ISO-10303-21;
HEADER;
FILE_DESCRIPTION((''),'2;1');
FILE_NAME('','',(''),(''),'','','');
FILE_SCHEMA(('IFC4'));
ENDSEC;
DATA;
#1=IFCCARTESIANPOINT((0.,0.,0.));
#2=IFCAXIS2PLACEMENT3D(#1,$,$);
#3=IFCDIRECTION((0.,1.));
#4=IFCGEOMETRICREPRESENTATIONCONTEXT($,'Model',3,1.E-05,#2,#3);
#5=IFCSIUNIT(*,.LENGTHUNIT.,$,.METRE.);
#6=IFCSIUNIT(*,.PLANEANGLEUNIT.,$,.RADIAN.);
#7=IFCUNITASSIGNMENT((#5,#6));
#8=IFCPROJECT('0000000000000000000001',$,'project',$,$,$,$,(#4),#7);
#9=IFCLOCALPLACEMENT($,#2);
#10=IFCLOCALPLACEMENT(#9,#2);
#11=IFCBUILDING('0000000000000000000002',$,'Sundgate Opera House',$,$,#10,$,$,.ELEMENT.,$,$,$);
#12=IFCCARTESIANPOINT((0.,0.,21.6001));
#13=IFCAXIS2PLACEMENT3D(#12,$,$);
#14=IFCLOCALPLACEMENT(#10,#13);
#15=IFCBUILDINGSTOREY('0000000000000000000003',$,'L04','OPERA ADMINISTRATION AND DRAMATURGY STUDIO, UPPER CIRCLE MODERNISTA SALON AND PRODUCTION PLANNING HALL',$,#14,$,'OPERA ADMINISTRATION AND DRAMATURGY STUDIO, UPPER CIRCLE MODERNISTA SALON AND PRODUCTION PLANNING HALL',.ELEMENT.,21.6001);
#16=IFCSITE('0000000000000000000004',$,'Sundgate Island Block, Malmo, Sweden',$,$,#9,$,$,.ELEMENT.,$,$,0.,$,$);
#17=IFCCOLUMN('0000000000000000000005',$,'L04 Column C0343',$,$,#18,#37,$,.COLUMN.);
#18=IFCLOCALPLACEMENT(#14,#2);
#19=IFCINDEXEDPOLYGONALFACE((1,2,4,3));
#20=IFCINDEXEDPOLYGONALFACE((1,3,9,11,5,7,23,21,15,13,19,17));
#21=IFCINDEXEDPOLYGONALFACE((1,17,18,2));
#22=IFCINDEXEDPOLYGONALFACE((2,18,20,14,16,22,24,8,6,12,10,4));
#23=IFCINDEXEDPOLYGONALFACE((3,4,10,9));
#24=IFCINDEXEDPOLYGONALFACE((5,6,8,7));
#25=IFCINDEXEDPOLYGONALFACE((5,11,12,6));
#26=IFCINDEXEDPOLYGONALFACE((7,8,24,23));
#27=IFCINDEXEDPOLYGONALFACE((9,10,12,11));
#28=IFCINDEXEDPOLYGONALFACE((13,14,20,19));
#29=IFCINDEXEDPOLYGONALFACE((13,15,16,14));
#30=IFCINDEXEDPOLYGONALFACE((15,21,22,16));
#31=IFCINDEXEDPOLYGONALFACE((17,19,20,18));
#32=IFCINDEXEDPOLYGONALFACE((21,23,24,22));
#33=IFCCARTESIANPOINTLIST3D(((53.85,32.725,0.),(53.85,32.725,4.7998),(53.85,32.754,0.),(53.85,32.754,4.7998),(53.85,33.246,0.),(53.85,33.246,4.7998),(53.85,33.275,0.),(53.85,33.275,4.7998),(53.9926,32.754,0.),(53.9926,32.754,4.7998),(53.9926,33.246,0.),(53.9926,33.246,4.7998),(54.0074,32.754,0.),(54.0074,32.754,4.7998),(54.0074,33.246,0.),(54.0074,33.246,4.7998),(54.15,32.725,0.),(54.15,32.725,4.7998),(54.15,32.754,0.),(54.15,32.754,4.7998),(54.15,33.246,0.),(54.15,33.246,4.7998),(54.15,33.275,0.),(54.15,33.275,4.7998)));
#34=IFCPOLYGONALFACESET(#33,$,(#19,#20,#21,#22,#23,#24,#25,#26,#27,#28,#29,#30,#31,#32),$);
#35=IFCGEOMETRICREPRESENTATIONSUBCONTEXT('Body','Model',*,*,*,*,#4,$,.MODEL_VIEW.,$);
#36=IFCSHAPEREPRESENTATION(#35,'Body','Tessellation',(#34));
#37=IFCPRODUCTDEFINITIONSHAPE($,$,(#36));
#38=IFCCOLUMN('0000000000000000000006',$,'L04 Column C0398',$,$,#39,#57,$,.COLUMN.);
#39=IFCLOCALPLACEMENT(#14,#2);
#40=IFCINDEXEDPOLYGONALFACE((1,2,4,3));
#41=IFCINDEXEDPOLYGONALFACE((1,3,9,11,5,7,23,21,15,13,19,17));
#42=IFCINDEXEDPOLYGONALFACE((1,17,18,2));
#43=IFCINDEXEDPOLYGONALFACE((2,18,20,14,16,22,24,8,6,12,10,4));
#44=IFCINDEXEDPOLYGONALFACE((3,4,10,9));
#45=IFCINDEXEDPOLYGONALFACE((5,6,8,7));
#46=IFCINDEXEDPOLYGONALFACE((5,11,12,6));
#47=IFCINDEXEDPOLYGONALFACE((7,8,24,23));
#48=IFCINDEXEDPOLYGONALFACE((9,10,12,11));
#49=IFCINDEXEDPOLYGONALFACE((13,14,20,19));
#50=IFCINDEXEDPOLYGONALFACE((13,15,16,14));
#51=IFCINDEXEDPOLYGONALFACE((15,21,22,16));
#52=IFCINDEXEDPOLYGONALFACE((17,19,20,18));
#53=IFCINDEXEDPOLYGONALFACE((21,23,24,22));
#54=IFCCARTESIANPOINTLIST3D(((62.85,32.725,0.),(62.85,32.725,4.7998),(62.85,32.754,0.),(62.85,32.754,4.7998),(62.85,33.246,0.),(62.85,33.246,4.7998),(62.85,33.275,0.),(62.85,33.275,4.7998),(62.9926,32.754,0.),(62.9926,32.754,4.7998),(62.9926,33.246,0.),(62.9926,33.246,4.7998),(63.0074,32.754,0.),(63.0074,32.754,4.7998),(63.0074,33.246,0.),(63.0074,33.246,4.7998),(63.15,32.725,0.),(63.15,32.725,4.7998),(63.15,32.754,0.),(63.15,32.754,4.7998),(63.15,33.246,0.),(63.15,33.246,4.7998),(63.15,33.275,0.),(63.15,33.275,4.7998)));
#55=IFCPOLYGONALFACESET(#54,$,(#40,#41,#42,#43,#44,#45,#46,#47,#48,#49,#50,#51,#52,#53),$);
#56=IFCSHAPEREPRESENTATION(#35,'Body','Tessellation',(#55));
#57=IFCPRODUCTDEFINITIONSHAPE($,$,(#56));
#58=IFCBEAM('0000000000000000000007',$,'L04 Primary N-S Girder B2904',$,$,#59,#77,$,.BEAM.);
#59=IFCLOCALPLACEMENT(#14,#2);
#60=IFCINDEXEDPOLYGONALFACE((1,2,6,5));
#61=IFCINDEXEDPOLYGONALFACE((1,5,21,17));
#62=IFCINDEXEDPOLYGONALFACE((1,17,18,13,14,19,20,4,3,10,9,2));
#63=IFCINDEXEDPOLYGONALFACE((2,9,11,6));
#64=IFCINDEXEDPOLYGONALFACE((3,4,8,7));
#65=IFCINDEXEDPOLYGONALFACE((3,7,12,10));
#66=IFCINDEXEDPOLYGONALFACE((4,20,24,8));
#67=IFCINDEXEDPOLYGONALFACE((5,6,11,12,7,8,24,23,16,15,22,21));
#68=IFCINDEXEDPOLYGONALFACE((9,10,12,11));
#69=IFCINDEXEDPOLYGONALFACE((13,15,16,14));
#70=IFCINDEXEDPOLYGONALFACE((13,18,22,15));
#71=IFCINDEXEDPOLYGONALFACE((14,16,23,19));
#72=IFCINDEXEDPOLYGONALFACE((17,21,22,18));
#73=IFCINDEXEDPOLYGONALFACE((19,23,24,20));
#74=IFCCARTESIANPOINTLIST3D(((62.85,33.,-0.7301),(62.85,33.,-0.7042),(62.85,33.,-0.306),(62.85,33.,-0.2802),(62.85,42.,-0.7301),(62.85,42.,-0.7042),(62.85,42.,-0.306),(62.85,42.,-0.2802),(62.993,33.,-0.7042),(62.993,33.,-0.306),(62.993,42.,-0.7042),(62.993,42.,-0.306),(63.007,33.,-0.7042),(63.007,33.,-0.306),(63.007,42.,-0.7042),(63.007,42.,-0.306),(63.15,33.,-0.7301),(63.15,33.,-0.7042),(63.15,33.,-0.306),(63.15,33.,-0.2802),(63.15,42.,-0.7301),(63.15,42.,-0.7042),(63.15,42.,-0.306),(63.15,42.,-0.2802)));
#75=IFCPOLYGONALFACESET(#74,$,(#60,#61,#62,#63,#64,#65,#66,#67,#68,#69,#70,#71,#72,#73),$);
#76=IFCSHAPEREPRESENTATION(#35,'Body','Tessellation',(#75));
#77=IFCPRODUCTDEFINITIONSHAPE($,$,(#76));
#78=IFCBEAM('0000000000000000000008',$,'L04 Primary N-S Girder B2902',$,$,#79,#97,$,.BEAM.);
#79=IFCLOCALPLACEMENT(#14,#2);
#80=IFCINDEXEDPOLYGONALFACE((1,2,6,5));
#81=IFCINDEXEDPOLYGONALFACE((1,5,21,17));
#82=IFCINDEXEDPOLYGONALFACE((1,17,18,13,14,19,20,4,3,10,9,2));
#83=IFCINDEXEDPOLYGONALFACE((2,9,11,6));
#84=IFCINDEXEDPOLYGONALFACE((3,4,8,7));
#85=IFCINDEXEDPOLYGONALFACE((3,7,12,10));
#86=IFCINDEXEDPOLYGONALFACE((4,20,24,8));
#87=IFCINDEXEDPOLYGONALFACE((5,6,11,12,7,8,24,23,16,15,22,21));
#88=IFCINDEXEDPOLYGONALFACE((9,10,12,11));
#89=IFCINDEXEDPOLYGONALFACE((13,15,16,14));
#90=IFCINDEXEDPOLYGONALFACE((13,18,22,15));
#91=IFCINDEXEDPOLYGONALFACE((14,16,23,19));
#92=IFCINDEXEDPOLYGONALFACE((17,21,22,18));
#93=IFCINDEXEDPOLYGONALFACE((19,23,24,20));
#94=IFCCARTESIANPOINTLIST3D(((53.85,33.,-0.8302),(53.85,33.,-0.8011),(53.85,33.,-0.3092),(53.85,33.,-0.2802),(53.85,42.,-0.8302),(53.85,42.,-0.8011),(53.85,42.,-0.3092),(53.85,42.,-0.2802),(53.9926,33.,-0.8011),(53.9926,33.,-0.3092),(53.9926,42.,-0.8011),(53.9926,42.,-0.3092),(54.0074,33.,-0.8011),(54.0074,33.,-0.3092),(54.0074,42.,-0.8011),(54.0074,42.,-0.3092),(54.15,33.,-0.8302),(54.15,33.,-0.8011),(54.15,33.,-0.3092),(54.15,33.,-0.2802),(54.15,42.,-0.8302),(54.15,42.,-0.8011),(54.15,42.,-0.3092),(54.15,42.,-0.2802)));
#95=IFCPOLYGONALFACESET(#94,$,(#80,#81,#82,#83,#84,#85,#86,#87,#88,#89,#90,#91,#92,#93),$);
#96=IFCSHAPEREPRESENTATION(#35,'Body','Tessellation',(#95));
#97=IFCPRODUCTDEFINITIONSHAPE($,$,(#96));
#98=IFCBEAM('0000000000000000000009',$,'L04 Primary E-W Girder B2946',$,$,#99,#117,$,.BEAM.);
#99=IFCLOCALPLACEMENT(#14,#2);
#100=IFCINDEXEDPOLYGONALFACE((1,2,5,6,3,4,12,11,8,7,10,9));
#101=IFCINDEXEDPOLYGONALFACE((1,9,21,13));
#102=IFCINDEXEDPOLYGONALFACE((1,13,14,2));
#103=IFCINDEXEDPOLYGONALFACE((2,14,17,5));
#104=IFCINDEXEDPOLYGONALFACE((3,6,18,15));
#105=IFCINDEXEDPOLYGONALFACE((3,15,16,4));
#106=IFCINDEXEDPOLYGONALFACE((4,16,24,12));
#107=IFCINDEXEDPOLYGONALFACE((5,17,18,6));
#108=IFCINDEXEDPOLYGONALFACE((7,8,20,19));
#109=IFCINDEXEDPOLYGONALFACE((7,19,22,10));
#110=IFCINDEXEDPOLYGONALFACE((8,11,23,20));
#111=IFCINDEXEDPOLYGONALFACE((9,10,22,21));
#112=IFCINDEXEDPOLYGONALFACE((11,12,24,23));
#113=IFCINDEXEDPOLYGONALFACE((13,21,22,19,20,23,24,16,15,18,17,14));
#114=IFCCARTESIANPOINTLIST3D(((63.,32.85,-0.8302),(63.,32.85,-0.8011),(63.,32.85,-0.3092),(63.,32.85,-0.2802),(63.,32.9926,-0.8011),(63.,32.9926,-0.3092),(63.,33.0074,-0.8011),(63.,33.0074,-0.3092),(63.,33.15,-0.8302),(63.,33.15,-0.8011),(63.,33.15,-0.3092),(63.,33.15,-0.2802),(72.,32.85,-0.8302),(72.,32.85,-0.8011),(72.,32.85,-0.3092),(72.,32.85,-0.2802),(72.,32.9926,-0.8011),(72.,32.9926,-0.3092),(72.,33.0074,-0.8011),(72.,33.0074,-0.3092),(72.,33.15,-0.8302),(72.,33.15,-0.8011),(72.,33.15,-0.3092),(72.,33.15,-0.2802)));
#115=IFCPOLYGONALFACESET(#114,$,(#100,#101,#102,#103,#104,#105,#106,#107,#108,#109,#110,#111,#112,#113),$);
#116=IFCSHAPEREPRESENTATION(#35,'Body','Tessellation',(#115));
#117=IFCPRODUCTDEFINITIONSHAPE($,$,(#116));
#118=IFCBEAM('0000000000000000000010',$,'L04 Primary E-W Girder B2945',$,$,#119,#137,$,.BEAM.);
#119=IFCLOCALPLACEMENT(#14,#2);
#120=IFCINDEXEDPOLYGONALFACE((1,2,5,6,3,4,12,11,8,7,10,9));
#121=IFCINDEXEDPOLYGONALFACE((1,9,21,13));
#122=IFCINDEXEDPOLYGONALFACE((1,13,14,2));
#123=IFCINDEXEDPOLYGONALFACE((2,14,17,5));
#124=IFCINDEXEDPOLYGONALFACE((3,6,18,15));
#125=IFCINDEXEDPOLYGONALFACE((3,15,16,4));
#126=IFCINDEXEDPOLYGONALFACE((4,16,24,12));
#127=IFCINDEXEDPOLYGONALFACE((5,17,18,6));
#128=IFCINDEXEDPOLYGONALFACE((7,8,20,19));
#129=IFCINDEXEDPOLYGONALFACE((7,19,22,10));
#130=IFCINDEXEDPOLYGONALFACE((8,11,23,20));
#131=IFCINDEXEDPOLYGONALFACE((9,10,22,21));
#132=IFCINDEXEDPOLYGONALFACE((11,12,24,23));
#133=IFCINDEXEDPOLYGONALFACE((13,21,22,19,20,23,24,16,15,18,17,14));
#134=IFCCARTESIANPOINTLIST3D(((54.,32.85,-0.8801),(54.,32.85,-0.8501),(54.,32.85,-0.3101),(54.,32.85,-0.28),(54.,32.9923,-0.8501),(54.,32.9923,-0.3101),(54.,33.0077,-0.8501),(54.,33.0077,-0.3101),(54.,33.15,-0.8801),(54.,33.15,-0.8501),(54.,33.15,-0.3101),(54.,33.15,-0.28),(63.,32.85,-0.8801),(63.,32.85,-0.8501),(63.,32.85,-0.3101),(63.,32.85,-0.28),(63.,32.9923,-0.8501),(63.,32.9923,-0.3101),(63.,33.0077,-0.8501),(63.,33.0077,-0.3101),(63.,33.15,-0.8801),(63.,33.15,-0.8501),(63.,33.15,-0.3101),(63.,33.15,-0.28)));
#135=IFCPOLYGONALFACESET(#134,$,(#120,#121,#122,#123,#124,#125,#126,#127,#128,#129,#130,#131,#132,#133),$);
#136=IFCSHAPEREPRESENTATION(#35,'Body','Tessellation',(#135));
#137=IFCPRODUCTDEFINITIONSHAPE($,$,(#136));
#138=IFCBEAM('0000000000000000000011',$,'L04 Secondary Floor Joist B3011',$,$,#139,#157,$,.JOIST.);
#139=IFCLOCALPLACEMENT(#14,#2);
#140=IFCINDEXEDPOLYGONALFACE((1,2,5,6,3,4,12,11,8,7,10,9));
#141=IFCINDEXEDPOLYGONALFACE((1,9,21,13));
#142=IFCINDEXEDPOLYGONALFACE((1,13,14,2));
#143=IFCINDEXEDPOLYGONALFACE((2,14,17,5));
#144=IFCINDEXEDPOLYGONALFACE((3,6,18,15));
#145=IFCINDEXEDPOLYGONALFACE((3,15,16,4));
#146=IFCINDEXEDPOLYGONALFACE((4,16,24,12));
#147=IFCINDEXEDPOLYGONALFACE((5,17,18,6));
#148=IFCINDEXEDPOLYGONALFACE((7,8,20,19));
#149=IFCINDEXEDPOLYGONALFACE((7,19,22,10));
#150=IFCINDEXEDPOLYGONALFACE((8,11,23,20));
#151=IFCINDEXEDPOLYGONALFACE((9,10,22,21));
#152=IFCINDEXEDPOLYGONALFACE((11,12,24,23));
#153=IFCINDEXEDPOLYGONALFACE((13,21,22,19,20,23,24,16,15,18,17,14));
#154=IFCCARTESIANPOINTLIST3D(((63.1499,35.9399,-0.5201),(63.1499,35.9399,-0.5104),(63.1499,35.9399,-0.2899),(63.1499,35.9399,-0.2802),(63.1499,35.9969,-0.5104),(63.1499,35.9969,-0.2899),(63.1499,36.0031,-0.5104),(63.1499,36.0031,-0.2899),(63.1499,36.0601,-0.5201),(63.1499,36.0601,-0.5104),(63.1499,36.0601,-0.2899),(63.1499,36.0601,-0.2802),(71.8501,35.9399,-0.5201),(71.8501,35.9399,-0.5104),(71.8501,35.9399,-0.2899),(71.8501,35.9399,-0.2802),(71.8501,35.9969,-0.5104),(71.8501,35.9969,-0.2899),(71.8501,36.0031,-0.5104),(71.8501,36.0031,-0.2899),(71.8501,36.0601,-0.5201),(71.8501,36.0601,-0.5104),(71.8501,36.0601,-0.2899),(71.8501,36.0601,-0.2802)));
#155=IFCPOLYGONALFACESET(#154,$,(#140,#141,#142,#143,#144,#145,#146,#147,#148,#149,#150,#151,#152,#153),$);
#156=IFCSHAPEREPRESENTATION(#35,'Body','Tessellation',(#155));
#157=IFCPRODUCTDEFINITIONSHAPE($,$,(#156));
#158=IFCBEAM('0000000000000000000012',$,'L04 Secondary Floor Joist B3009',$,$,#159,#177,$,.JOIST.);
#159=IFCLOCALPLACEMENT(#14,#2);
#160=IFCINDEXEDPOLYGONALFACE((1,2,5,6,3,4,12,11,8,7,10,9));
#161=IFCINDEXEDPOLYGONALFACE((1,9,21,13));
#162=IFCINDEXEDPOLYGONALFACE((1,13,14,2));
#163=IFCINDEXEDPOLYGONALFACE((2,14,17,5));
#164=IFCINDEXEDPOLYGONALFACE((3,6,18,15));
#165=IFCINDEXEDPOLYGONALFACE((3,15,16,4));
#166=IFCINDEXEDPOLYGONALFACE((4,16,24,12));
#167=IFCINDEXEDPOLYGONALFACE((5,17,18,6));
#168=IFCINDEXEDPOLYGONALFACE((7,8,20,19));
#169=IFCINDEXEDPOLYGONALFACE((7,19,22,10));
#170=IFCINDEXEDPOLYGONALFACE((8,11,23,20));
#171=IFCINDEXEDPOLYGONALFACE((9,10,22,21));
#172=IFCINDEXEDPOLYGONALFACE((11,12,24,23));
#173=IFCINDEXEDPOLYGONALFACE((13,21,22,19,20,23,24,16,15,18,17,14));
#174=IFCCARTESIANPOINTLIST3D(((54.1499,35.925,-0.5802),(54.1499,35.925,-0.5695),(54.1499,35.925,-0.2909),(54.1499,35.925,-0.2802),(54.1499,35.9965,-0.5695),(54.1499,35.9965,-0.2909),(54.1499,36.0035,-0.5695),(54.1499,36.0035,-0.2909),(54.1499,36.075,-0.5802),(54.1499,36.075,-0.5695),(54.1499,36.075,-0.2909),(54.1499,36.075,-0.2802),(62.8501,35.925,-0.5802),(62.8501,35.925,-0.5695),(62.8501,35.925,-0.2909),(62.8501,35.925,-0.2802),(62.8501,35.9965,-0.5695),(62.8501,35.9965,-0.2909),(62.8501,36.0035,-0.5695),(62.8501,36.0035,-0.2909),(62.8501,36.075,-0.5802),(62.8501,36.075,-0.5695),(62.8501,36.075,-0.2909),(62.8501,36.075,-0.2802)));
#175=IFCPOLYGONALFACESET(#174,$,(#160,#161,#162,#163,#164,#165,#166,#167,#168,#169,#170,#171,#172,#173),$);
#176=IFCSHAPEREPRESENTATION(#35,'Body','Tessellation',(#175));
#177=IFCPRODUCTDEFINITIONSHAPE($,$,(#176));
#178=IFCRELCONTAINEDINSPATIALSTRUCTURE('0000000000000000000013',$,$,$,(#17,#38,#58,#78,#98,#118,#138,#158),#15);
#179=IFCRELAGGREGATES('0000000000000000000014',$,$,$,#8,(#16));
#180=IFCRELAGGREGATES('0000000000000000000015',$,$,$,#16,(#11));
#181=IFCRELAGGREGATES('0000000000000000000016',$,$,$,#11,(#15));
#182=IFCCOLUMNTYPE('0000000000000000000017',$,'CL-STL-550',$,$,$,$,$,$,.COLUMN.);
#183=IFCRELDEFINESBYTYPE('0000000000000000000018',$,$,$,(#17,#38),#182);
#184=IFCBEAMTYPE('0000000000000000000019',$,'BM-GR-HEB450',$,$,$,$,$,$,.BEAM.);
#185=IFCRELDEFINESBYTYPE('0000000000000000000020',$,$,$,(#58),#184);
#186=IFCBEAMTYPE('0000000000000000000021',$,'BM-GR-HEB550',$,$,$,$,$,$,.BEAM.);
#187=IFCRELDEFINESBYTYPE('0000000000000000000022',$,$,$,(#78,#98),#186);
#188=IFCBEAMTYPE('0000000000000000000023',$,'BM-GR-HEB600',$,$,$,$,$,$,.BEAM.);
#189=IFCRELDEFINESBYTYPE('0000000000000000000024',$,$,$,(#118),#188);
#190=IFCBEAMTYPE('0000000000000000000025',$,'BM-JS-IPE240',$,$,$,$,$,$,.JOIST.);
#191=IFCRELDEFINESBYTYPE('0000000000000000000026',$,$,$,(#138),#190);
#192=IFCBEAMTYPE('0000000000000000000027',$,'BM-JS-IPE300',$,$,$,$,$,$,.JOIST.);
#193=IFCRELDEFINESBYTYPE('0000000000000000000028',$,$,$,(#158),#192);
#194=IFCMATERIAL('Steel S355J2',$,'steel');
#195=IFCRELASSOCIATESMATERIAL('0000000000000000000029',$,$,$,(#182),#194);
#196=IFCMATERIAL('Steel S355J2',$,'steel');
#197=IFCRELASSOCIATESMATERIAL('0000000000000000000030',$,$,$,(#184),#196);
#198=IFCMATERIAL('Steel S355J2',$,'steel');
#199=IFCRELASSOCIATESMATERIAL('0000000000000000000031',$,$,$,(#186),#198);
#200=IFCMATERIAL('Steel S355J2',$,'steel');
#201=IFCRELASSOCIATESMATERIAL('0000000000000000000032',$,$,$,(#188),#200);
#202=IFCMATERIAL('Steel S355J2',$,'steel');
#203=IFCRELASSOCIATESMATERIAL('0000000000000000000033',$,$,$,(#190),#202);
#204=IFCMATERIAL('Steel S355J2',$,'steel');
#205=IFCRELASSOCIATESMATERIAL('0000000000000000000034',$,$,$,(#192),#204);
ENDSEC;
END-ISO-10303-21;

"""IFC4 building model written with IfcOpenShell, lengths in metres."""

from ifc_helpers import new_model, si_unit, direction, frame, origin, origin_2d, place, context, subcontext, project, spatial, i_section, extrude, material, material_profile, profile_set, type_object, element, save


model = new_model("IFC4")

# Units and contexts
model_context = context("Model", 3, precision=1e-05, world=origin(), true_north=direction((0.0, 1.0)))
body_context = subcontext(model_context, "Body", "Model", "MODEL_VIEW")
ifc_project = project(units=[si_unit("LENGTHUNIT", "METRE"), si_unit("PLANEANGLEUNIT", "RADIAN")], contexts=[model_context])

# Site, building, storey
site_placement = place(None, origin())
site = spatial("IfcSite", under=ifc_project, at=site_placement, Name="Sundgate Island Block, Malmo, Sweden", CompositionType="ELEMENT", RefElevation=0.0)
building_placement = place(site_placement, origin())
building = spatial("IfcBuilding", under=site, at=building_placement, Name="Sundgate Opera House", CompositionType="ELEMENT")
storey_placement = place(building_placement, frame((0.0, 0.0, 21.6001)))
storey = spatial("IfcBuildingStorey", under=building, at=storey_placement, Name="L04", Description="OPERA ADMINISTRATION AND DRAMATURGY STUDIO, UPPER CIRCLE MODERNISTA SALON AND PRODUCTION PLANNING HALL", LongName="OPERA ADMINISTRATION AND DRAMATURGY STUDIO, UPPER CIRCLE MODERNISTA SALON AND PRODUCTION PLANNING HALL", CompositionType="ELEMENT", Elevation=21.6001)

# Columns
ifc_material_1 = material(Name="Steel S355J2", Category="steel")
ifc_material_profile_1 = material_profile(ifc_material_1, i_section(OverallWidth=0.3, OverallDepth=0.55, WebThickness=0.0149, FlangeThickness=0.0291, at=origin_2d()), Name="HEB 550")
ifc_profile_set_1 = profile_set([ifc_material_profile_1], Name="Steel S355J2")
column_type = type_object("IfcColumnType", Name="CL-STL-550", PredefinedType="COLUMN", material=ifc_profile_set_1)
for number, where, z_axis, x_axis, name in (
    (1, (54.0, 33.0, 0.0), (0.0, 0.0, 1.0), (1.0, 0.0, 0.0), "L04 Column C0343"),
    (2, (63.0, 33.0, 0.0), (0.0, 0.0, 1.0), (1.0, 0.0, 0.0), "L04 Column C0398"),
):
    element("IfcColumn", number, at=place(storey_placement, frame(where, z_axis=z_axis, x_axis=x_axis)), inside=storey, type_object=column_type, Name=name, PredefinedType="COLUMN", context=body_context, shape_type="SweptSolid", body=[
        extrude(i_section(OverallWidth=0.3, OverallDepth=0.55, WebThickness=0.0149, FlangeThickness=0.0291, at=origin_2d()), origin(), (0.0, 0.0, 1.0), 4.7998),
    ])

# Beams
ifc_material_2 = material(Name="Steel S355J2", Category="steel")
ifc_material_profile_2 = material_profile(ifc_material_2, i_section(OverallWidth=0.3, OverallDepth=0.45, WebThickness=0.0139, FlangeThickness=0.0259, at=origin_2d()), Name="HEB 450")
ifc_profile_set_2 = profile_set([ifc_material_profile_2], Name="Steel S355J2")
beam_type_1 = type_object("IfcBeamType", Name="BM-GR-HEB450", PredefinedType="BEAM", material=ifc_profile_set_2)
beam_1_placement = place(storey_placement, frame((63.0, 33.0, -0.5051), z_axis=(0.0, 1.0, 0.0), x_axis=(-1.0, 0.0, 0.0)))
element("IfcBeam", 3, at=beam_1_placement, inside=storey, type_object=beam_type_1, Name="L04 Primary N-S Girder B2904", PredefinedType="BEAM", context=body_context, shape_type="SweptSolid", body=[
    extrude(i_section(OverallWidth=0.3, OverallDepth=0.45, WebThickness=0.0139, FlangeThickness=0.0259, at=origin_2d()), origin(), (0.0, 0.0, 1.0), 9.0),
])
ifc_material_3 = material(Name="Steel S355J2", Category="steel")
ifc_material_profile_3 = material_profile(ifc_material_3, i_section(OverallWidth=0.3, OverallDepth=0.55, WebThickness=0.0149, FlangeThickness=0.0291, at=origin_2d()), Name="HEB 550")
ifc_profile_set_3 = profile_set([ifc_material_profile_3], Name="Steel S355J2")
beam_type_2 = type_object("IfcBeamType", Name="BM-GR-HEB550", PredefinedType="BEAM", material=ifc_profile_set_3)
for number, where, z_axis, x_axis, name in (
    (4, (54.0, 33.0, -0.5552), (0.0, 1.0, 0.0), (-1.0, 0.0, 0.0), "L04 Primary N-S Girder B2902"),
    (5, (63.0, 33.0, -0.5552), (1.0, 0.0, 0.0), (0.0, 1.0, 0.0), "L04 Primary E-W Girder B2946"),
):
    element("IfcBeam", number, at=place(storey_placement, frame(where, z_axis=z_axis, x_axis=x_axis)), inside=storey, type_object=beam_type_2, Name=name, PredefinedType="BEAM", context=body_context, shape_type="SweptSolid", body=[
        extrude(i_section(OverallWidth=0.3, OverallDepth=0.55, WebThickness=0.0149, FlangeThickness=0.0291, at=origin_2d()), origin(), (0.0, 0.0, 1.0), 9.0),
    ])
ifc_material_4 = material(Name="Steel S355J2", Category="steel")
ifc_material_profile_4 = material_profile(ifc_material_4, i_section(OverallWidth=0.3, OverallDepth=0.6001, WebThickness=0.0154, FlangeThickness=0.03, at=origin_2d()), Name="HEB 600")
ifc_profile_set_4 = profile_set([ifc_material_profile_4], Name="Steel S355J2")
beam_type_3 = type_object("IfcBeamType", Name="BM-GR-HEB600", PredefinedType="BEAM", material=ifc_profile_set_4)
beam_2_placement = place(storey_placement, frame((54.0, 33.0, -0.5801), z_axis=(1.0, 0.0, 0.0), x_axis=(0.0, 1.0, 0.0)))
element("IfcBeam", 6, at=beam_2_placement, inside=storey, type_object=beam_type_3, Name="L04 Primary E-W Girder B2945", PredefinedType="BEAM", context=body_context, shape_type="SweptSolid", body=[
    extrude(i_section(OverallWidth=0.3, OverallDepth=0.6001, WebThickness=0.0154, FlangeThickness=0.03, at=origin_2d()), origin(), (0.0, 0.0, 1.0), 9.0),
])
ifc_material_5 = material(Name="Steel S355J2", Category="steel")
ifc_material_profile_5 = material_profile(ifc_material_5, i_section(OverallWidth=0.1201, OverallDepth=0.24, WebThickness=0.0061, FlangeThickness=0.0098, at=origin_2d()), Name="IPE 240")
ifc_profile_set_5 = profile_set([ifc_material_profile_5], Name="Steel S355J2")
beam_type_4 = type_object("IfcBeamType", Name="BM-JS-IPE240", PredefinedType="JOIST", material=ifc_profile_set_5)
beam_3_placement = place(storey_placement, frame((63.1499, 36.0, -0.4001), z_axis=(1.0, 0.0, 0.0), x_axis=(0.0, 1.0, 0.0)))
element("IfcBeam", 7, at=beam_3_placement, inside=storey, type_object=beam_type_4, Name="L04 Secondary Floor Joist B3011", PredefinedType="JOIST", context=body_context, shape_type="SweptSolid", body=[
    extrude(i_section(OverallWidth=0.1201, OverallDepth=0.24, WebThickness=0.0061, FlangeThickness=0.0098, at=origin_2d()), origin(), (0.0, 0.0, 1.0), 8.7002),
])
ifc_material_6 = material(Name="Steel S355J2", Category="steel")
ifc_material_profile_6 = material_profile(ifc_material_6, i_section(OverallWidth=0.1499, OverallDepth=0.3, WebThickness=0.0071, FlangeThickness=0.0107, at=origin_2d()), Name="IPE 300")
ifc_profile_set_6 = profile_set([ifc_material_profile_6], Name="Steel S355J2")
beam_type_5 = type_object("IfcBeamType", Name="BM-JS-IPE300", PredefinedType="JOIST", material=ifc_profile_set_6)
beam_4_placement = place(storey_placement, frame((54.1499, 36.0, -0.4302), z_axis=(1.0, 0.0, 0.0), x_axis=(0.0, 1.0, 0.0)))
element("IfcBeam", 8, at=beam_4_placement, inside=storey, type_object=beam_type_5, Name="L04 Secondary Floor Joist B3009", PredefinedType="JOIST", context=body_context, shape_type="SweptSolid", body=[
    extrude(i_section(OverallWidth=0.1499, OverallDepth=0.3, WebThickness=0.0071, FlangeThickness=0.0107, at=origin_2d()), origin(), (0.0, 0.0, 1.0), 8.7002),
])

save(model, "model.ifc")
